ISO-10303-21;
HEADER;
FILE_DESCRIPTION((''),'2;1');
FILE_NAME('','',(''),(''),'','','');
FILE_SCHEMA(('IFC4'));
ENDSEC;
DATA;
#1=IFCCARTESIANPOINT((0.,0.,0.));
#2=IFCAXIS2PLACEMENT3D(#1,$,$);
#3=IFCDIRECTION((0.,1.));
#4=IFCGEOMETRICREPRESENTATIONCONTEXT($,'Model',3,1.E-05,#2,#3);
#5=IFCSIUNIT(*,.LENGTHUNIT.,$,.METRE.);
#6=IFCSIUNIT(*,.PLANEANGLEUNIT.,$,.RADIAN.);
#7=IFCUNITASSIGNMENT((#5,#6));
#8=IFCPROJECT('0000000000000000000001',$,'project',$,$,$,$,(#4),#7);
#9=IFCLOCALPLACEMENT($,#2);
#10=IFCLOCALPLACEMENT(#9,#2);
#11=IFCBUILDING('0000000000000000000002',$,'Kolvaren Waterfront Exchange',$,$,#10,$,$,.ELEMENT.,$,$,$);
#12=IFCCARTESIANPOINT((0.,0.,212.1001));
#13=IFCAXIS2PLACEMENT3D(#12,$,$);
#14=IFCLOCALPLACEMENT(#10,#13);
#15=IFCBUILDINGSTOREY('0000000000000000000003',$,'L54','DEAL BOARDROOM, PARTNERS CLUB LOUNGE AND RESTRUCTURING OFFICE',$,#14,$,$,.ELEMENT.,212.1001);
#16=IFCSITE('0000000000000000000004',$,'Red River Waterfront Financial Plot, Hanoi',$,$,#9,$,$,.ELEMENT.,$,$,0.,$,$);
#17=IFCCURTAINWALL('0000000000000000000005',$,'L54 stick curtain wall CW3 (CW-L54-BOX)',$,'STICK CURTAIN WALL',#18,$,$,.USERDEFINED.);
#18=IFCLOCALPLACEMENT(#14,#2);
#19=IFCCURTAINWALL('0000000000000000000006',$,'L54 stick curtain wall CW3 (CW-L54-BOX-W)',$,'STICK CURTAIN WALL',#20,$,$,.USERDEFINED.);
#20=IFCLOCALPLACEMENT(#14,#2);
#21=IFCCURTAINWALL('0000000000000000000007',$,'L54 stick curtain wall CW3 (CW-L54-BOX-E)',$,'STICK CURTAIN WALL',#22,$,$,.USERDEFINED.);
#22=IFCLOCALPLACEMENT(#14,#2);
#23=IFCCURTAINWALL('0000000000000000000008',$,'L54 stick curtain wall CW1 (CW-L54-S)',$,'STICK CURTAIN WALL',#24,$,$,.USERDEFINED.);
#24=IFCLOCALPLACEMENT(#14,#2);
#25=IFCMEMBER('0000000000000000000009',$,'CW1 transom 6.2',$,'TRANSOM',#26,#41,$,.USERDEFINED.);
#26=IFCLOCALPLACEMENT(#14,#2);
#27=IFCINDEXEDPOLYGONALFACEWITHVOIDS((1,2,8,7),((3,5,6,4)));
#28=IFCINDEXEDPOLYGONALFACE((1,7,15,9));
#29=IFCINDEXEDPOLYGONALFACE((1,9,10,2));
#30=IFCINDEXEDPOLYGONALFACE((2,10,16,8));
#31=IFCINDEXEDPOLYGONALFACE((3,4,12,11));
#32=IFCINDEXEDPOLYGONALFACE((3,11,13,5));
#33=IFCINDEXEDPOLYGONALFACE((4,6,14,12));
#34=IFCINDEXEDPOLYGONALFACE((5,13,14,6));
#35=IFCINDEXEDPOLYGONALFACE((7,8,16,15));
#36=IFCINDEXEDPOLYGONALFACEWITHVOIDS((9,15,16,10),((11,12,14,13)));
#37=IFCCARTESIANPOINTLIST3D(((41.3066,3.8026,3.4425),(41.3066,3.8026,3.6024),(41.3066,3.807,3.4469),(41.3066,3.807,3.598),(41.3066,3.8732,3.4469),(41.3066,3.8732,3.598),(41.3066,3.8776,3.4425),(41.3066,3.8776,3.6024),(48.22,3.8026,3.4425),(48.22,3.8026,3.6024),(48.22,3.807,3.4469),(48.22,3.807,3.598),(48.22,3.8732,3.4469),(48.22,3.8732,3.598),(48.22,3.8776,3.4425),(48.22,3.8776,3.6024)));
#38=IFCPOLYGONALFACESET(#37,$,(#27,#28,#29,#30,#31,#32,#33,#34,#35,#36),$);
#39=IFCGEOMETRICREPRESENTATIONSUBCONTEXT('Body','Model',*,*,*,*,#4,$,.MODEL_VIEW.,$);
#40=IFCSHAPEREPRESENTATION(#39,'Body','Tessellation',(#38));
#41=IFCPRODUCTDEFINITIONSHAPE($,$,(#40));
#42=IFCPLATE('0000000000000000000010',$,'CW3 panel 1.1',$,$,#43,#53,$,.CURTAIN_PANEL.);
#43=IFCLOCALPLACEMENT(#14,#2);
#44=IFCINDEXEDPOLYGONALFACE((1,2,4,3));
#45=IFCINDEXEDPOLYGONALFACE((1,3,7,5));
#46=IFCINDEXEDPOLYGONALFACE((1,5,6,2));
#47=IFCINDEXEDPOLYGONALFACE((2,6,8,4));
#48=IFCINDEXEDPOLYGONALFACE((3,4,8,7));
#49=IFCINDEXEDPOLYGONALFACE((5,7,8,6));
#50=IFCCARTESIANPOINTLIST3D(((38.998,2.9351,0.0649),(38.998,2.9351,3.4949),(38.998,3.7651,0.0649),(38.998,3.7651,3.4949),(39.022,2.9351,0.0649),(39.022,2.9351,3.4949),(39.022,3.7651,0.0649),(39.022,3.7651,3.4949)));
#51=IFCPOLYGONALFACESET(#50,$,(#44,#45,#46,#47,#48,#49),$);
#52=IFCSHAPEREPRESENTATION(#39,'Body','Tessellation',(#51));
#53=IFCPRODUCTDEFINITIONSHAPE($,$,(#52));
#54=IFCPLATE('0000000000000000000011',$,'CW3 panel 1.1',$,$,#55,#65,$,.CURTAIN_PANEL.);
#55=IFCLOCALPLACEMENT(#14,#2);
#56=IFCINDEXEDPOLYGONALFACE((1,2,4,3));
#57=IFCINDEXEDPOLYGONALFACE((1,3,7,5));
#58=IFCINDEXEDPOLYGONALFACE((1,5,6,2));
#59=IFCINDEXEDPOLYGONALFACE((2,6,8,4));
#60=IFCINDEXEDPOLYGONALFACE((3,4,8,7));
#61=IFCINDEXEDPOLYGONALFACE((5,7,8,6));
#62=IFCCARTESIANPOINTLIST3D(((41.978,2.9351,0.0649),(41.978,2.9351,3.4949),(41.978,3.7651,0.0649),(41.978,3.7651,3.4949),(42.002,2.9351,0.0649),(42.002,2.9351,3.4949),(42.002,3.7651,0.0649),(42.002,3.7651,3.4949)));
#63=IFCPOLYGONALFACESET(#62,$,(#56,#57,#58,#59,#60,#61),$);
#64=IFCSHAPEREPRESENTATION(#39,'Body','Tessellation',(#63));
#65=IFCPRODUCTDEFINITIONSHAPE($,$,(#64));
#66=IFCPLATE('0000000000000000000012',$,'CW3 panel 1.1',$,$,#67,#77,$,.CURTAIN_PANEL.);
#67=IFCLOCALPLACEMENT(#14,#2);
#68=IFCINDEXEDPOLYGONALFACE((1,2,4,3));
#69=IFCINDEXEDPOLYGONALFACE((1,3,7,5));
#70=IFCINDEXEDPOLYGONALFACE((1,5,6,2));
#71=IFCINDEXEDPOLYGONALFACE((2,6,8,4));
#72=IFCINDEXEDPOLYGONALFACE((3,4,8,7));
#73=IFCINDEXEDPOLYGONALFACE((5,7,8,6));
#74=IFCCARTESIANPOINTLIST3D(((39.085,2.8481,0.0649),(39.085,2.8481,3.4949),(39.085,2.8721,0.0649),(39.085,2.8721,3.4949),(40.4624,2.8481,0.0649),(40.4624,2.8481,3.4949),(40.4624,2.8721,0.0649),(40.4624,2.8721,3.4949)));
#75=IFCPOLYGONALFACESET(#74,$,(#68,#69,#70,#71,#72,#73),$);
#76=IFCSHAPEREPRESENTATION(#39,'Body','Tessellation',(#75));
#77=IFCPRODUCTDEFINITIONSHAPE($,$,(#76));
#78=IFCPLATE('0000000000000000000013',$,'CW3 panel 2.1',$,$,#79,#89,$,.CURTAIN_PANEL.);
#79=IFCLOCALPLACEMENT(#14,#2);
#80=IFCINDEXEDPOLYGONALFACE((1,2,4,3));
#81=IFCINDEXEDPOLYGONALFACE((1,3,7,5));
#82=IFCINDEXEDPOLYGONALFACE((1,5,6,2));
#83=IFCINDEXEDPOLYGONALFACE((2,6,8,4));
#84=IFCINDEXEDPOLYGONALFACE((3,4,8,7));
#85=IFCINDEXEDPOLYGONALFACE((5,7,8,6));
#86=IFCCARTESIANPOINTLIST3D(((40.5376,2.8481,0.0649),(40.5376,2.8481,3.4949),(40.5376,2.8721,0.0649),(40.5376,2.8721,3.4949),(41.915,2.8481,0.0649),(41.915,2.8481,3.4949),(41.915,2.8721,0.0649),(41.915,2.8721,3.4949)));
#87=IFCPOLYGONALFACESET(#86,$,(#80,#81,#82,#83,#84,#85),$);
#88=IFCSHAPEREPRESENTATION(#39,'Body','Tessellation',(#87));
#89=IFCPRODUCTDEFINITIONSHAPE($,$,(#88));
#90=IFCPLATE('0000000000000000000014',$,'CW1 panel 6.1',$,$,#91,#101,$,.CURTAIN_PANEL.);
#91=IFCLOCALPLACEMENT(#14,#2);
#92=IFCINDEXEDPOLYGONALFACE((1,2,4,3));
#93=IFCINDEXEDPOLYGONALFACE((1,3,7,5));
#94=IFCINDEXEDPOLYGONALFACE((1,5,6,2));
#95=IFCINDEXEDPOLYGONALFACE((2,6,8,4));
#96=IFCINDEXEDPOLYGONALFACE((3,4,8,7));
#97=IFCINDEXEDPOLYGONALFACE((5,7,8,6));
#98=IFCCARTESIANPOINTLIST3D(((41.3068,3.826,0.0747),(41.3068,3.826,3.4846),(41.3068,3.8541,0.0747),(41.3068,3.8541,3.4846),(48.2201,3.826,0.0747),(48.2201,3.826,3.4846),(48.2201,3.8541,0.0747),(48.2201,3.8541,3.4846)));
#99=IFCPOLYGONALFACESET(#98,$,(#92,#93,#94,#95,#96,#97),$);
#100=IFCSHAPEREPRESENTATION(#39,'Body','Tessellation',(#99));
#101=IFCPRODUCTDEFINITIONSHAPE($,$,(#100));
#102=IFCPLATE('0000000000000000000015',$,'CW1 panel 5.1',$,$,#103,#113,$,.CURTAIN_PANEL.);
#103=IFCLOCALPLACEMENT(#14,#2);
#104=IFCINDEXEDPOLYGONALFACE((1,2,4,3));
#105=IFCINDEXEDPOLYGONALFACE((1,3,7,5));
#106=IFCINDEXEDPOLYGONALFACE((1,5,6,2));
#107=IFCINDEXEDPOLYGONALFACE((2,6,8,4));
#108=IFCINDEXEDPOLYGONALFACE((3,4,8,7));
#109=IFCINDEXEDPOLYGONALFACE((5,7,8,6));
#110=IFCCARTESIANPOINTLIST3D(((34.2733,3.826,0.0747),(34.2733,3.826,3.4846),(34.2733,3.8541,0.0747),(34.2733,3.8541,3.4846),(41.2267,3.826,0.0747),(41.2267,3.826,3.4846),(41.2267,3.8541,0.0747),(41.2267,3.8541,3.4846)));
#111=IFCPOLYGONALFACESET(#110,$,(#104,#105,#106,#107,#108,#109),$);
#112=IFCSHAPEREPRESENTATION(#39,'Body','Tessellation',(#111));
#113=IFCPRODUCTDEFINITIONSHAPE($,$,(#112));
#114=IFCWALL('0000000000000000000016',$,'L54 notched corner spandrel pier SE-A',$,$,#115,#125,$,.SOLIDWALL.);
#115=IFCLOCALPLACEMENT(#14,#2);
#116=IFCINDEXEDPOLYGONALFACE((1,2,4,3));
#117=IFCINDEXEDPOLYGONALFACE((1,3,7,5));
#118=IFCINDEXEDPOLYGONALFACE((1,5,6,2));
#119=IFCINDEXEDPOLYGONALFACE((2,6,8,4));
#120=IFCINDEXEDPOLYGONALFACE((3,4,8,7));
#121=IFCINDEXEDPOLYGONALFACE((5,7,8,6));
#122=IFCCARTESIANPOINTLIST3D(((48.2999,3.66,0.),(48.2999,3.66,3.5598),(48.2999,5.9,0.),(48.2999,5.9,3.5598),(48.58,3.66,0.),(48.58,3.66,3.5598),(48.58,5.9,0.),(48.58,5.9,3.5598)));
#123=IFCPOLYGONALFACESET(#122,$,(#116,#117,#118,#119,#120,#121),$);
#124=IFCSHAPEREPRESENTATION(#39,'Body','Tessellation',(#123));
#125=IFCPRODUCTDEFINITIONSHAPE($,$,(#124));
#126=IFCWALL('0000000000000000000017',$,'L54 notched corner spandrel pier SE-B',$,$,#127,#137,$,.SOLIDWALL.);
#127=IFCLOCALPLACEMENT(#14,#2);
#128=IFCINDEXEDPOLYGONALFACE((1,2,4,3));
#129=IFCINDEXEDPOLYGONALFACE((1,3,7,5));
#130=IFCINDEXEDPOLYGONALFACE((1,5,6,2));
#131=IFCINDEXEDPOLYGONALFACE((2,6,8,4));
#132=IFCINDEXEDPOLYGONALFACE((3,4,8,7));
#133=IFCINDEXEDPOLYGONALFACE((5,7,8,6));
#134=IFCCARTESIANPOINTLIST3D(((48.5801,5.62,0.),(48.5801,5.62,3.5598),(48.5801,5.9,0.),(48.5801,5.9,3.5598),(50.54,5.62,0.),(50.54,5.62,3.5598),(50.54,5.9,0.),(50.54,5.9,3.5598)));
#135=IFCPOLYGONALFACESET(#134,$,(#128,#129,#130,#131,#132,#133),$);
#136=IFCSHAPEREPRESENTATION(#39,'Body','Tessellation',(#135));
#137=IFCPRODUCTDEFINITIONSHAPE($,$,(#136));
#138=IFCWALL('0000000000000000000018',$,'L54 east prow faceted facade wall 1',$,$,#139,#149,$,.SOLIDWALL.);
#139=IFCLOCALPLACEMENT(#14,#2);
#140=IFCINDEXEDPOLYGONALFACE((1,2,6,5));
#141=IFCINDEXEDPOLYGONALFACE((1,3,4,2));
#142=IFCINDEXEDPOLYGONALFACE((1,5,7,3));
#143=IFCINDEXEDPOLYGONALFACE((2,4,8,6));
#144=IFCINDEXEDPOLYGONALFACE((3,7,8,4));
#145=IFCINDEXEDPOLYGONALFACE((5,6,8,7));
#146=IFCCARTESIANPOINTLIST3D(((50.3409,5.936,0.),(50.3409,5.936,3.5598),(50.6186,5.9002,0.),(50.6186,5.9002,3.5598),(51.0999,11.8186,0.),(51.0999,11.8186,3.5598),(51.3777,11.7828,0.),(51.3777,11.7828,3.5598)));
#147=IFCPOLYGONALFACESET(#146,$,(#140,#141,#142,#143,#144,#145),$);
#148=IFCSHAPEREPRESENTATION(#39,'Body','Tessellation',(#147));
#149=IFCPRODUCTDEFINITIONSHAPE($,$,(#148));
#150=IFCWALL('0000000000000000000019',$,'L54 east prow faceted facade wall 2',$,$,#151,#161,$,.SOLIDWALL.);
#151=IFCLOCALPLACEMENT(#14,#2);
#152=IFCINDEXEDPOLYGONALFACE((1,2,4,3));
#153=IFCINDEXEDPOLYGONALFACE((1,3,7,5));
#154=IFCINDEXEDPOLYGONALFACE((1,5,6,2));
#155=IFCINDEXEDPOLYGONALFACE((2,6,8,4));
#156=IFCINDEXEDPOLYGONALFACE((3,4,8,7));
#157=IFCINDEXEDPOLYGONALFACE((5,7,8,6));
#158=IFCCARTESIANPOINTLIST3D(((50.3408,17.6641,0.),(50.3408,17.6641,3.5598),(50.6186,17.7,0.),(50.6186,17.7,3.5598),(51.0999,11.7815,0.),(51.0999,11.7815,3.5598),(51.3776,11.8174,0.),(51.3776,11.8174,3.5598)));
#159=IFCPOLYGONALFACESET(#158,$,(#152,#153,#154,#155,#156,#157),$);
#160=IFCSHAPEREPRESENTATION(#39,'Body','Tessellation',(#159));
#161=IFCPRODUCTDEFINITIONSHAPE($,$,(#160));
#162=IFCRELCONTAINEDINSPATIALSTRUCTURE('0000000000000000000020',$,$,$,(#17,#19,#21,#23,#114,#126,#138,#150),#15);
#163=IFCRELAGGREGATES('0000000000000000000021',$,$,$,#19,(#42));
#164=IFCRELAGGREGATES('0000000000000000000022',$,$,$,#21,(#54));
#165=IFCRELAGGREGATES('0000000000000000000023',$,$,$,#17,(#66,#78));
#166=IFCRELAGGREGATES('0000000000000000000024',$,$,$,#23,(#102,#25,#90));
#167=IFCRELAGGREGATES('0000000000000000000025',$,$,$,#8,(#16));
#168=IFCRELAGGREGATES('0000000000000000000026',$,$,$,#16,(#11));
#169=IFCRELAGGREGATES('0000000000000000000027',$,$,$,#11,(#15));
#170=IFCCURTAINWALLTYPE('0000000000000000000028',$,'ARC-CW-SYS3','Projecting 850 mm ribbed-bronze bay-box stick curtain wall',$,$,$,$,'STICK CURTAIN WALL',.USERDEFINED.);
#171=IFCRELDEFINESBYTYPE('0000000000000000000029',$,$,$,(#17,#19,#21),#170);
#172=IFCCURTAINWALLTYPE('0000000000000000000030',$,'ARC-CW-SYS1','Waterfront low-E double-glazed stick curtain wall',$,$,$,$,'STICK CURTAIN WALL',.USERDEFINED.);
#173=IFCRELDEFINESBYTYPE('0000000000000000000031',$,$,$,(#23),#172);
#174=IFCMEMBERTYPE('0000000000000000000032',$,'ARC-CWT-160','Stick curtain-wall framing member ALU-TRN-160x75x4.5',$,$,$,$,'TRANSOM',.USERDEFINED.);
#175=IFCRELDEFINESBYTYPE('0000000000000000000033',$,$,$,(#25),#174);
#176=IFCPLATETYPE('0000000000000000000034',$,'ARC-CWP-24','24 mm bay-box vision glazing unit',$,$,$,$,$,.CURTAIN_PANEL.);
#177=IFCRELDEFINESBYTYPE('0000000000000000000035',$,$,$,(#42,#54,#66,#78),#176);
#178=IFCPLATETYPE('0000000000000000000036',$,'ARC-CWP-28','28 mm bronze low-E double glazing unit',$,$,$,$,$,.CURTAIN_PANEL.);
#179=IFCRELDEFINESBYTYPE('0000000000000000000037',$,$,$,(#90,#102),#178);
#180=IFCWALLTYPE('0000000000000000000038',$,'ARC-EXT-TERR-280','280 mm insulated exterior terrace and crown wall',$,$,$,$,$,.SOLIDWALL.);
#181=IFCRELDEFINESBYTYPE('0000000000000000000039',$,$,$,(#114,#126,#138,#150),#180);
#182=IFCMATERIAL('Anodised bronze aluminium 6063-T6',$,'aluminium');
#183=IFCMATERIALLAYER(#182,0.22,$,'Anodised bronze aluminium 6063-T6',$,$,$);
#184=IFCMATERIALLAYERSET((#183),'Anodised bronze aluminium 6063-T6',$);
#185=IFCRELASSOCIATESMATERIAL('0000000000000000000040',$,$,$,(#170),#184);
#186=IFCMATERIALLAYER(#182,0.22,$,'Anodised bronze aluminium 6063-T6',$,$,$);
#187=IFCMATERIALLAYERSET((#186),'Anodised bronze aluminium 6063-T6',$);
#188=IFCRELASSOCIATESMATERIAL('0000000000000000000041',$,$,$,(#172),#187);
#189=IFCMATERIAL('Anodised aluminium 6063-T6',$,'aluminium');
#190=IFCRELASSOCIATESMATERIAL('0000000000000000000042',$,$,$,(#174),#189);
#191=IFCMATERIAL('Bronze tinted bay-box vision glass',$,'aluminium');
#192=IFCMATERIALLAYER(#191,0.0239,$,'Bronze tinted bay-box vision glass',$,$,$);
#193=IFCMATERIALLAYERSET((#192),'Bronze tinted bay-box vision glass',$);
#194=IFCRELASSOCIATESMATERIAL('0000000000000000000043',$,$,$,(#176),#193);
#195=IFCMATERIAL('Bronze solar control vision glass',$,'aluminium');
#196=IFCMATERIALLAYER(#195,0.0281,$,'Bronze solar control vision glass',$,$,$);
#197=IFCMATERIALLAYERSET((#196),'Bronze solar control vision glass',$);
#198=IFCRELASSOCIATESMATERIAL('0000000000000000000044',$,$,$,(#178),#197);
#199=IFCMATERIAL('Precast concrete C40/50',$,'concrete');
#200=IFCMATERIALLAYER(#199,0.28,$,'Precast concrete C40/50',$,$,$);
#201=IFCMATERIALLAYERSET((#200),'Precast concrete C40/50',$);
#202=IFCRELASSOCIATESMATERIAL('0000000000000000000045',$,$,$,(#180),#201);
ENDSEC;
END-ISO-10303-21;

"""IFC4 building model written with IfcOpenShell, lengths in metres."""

from ifc_helpers import new_model, si_unit, direction, frame, frame_2d, origin, origin_with_axes, origin_2d, place, context, subcontext, project, spatial, rectangle, hollow_rectangle, extrude, source, transform, mapped, material, layer, layer_set, material_profile, profile_set, type_object, element, aggregate, save


model = new_model("IFC4")

# Units and contexts
model_context = context("Model", 3, precision=1e-05, world=origin(), true_north=direction((0.0, 1.0)))
body_context = subcontext(model_context, "Body", "Model", "MODEL_VIEW")
ifc_project = project(units=[si_unit("LENGTHUNIT", "METRE"), si_unit("PLANEANGLEUNIT", "RADIAN")], contexts=[model_context])

# Site, building, storey
site_placement = place(None, origin())
site = spatial("IfcSite", under=ifc_project, at=site_placement, Name="Red River Waterfront Financial Plot, Hanoi", CompositionType="ELEMENT", RefElevation=0.0)
building_placement = place(site_placement, origin())
building = spatial("IfcBuilding", under=site, at=building_placement, Name="Kolvaren Waterfront Exchange", CompositionType="ELEMENT")
storey_placement = place(building_placement, frame((0.0, 0.0, 212.1001)))
storey = spatial("IfcBuildingStorey", under=building, at=storey_placement, Name="L54", Description="DEAL BOARDROOM, PARTNERS CLUB LOUNGE AND RESTRUCTURING OFFICE", CompositionType="ELEMENT", Elevation=212.1001)

# Curtain walls
ifc_material_1 = material(Name="Anodised bronze aluminium 6063-T6", Category="aluminium")
ifc_layer_1 = layer(ifc_material_1, 0.22, Name="Anodised bronze aluminium 6063-T6")
ifc_layer_set_1 = layer_set([ifc_layer_1], Name="Anodised bronze aluminium 6063-T6")
curtain_wall_type_1 = type_object("IfcCurtainWallType", Name="ARC-CW-SYS3", Description="Projecting 850 mm ribbed-bronze bay-box stick curtain wall", ElementType="STICK CURTAIN WALL", PredefinedType="USERDEFINED", material=ifc_layer_set_1)
curtain_wall_1_placement = place(storey_placement, origin())
curtain_wall_1 = element("IfcCurtainWall", 1, at=curtain_wall_1_placement, inside=storey, type_object=curtain_wall_type_1, Name="L54 stick curtain wall CW3 (CW-L54-BOX)", ObjectType="STICK CURTAIN WALL", PredefinedType="USERDEFINED")
curtain_wall_2_placement = place(storey_placement, origin())
curtain_wall_2 = element("IfcCurtainWall", 2, at=curtain_wall_2_placement, inside=storey, type_object=curtain_wall_type_1, Name="L54 stick curtain wall CW3 (CW-L54-BOX-W)", ObjectType="STICK CURTAIN WALL", PredefinedType="USERDEFINED")
curtain_wall_3_placement = place(storey_placement, origin())
curtain_wall_3 = element("IfcCurtainWall", 3, at=curtain_wall_3_placement, inside=storey, type_object=curtain_wall_type_1, Name="L54 stick curtain wall CW3 (CW-L54-BOX-E)", ObjectType="STICK CURTAIN WALL", PredefinedType="USERDEFINED")

# Curtain wall, member
ifc_layer_2 = layer(ifc_material_1, 0.22, Name="Anodised bronze aluminium 6063-T6")
ifc_layer_set_2 = layer_set([ifc_layer_2], Name="Anodised bronze aluminium 6063-T6")
curtain_wall_type_2 = type_object("IfcCurtainWallType", Name="ARC-CW-SYS1", Description="Waterfront low-E double-glazed stick curtain wall", ElementType="STICK CURTAIN WALL", PredefinedType="USERDEFINED", material=ifc_layer_set_2)
curtain_wall_4_placement = place(storey_placement, origin())
curtain_wall_4 = element("IfcCurtainWall", 4, at=curtain_wall_4_placement, inside=storey, type_object=curtain_wall_type_2, Name="L54 stick curtain wall CW1 (CW-L54-S)", ObjectType="STICK CURTAIN WALL", PredefinedType="USERDEFINED")
ifc_material_2 = material(Name="Anodised aluminium 6063-T6", Category="aluminium")
ifc_material_profile_1 = material_profile(ifc_material_2, hollow_rectangle(XDim=0.075, YDim=0.1599, WallThickness=0.0044, at=origin_2d()), Name="ALU-TRN-160x75x4.5")
ifc_profile_set_1 = profile_set([ifc_material_profile_1], Name="Anodised aluminium 6063-T6")
member_type_1 = type_object("IfcMemberType", Name="ARC-CWT-160", Description="Stick curtain-wall framing member ALU-TRN-160x75x4.5", ElementType="TRANSOM", PredefinedType="USERDEFINED", material=ifc_profile_set_1)
shared_shape_1 = source(origin_with_axes(), body_context, "Body", "SweptSolid", [
    extrude(hollow_rectangle(XDim=0.075, YDim=0.1599, WallThickness=0.0044, at=origin_2d()), origin(), (0.0, 0.0, 1.0), 6.9133),
])
member_1_placement = place(storey_placement, frame((41.3066, 3.8401, 3.5225), z_axis=(1.0, 0.0, 0.0), x_axis=(0.0, 1.0, 0.0)))
member_1 = element("IfcMember", 5, at=member_1_placement, type_object=member_type_1, Name="CW1 transom 6.2", ObjectType="TRANSOM", PredefinedType="USERDEFINED", context=body_context, shape_type="MappedRepresentation", body=[
    mapped(shared_shape_1, transform((0.0, 0.0, 0.0), x_axis=(1.0, 0.0, 0.0), y_axis=(0.0, 1.0, 0.0), z_axis=(0.0, 0.0, 1.0), scale=1.0)),
])

# Plates
ifc_material_3 = material(Name="Bronze tinted bay-box vision glass", Category="aluminium")
ifc_layer_3 = layer(ifc_material_3, 0.0239, Name="Bronze tinted bay-box vision glass")
ifc_layer_set_3 = layer_set([ifc_layer_3], Name="Bronze tinted bay-box vision glass")
plate_type_1 = type_object("IfcPlateType", Name="ARC-CWP-24", Description="24 mm bay-box vision glazing unit", PredefinedType="CURTAIN_PANEL", material=ifc_layer_set_3)
shared_shape_2 = source(origin_with_axes(), body_context, "Body", "SweptSolid", [
    extrude(rectangle(XDim=0.8301, YDim=0.0239, at=origin_2d()), origin(), (0.0, 0.0, 1.0), 3.4299),
])
plate_1_placement = place(storey_placement, frame((39.01, 3.3501, 0.0649), z_axis=(0.0, 0.0, 1.0), x_axis=(0.0, -1.0, 0.0)))
plate_1 = element("IfcPlate", 6, at=plate_1_placement, type_object=plate_type_1, Name="CW3 panel 1.1", PredefinedType="CURTAIN_PANEL", context=body_context, shape_type="MappedRepresentation", body=[
    mapped(shared_shape_2, transform((0.0, 0.0, 0.0), x_axis=(1.0, 0.0, 0.0), y_axis=(0.0, 1.0, 0.0), z_axis=(0.0, 0.0, 1.0), scale=1.0)),
])
aggregate(curtain_wall_2, [plate_1])
plate_2_placement = place(storey_placement, frame((41.99, 3.3501, 0.0649), z_axis=(0.0, 0.0, 1.0), x_axis=(0.0, 1.0, 0.0)))
plate_2 = element("IfcPlate", 7, at=plate_2_placement, type_object=plate_type_1, Name="CW3 panel 1.1", PredefinedType="CURTAIN_PANEL", context=body_context, shape_type="MappedRepresentation", body=[
    mapped(shared_shape_2, transform((0.0, 0.0, 0.0), x_axis=(1.0, 0.0, 0.0), y_axis=(0.0, 1.0, 0.0), z_axis=(0.0, 0.0, 1.0), scale=1.0)),
])
aggregate(curtain_wall_3, [plate_2])
shared_shape_3 = source(origin_with_axes(), body_context, "Body", "SweptSolid", [
    extrude(rectangle(XDim=1.3774, YDim=0.0239, at=origin_2d()), origin(), (0.0, 0.0, 1.0), 3.4299),
])
plate_3_placement = place(storey_placement, frame((39.7737, 2.8601, 0.0649), z_axis=(0.0, 0.0, 1.0), x_axis=(1.0, 0.0, 0.0)))
plate_3 = element("IfcPlate", 8, at=plate_3_placement, type_object=plate_type_1, Name="CW3 panel 1.1", PredefinedType="CURTAIN_PANEL", context=body_context, shape_type="MappedRepresentation", body=[
    mapped(shared_shape_3, transform((0.0, 0.0, 0.0), x_axis=(1.0, 0.0, 0.0), y_axis=(0.0, 1.0, 0.0), z_axis=(0.0, 0.0, 1.0), scale=1.0)),
])
plate_4_placement = place(storey_placement, frame((41.2263, 2.8601, 0.0649), z_axis=(0.0, 0.0, 1.0), x_axis=(1.0, 0.0, 0.0)))
plate_4 = element("IfcPlate", 9, at=plate_4_placement, type_object=plate_type_1, Name="CW3 panel 2.1", PredefinedType="CURTAIN_PANEL", context=body_context, shape_type="MappedRepresentation", body=[
    mapped(shared_shape_3, transform((0.0, 0.0, 0.0), x_axis=(1.0, 0.0, 0.0), y_axis=(0.0, 1.0, 0.0), z_axis=(0.0, 0.0, 1.0), scale=1.0)),
])
aggregate(curtain_wall_1, [plate_3, plate_4])
ifc_material_4 = material(Name="Bronze solar control vision glass", Category="aluminium")
ifc_layer_4 = layer(ifc_material_4, 0.0281, Name="Bronze solar control vision glass")
ifc_layer_set_4 = layer_set([ifc_layer_4], Name="Bronze solar control vision glass")
plate_type_2 = type_object("IfcPlateType", Name="ARC-CWP-28", Description="28 mm bronze low-E double glazing unit", PredefinedType="CURTAIN_PANEL", material=ifc_layer_set_4)
shared_shape_4 = source(origin_with_axes(), body_context, "Body", "SweptSolid", [
    extrude(rectangle(XDim=6.9133, YDim=0.0281, at=origin_2d()), origin(), (0.0, 0.0, 1.0), 3.4099),
])
plate_5_placement = place(storey_placement, frame((44.7634, 3.8401, 0.0747), z_axis=(0.0, 0.0, 1.0), x_axis=(1.0, 0.0, 0.0)))
plate_5 = element("IfcPlate", 10, at=plate_5_placement, type_object=plate_type_2, Name="CW1 panel 6.1", PredefinedType="CURTAIN_PANEL", context=body_context, shape_type="MappedRepresentation", body=[
    mapped(shared_shape_4, transform((0.0, 0.0, 0.0), x_axis=(1.0, 0.0, 0.0), y_axis=(0.0, 1.0, 0.0), z_axis=(0.0, 0.0, 1.0), scale=1.0)),
])
shared_shape_5 = source(origin_with_axes(), body_context, "Body", "SweptSolid", [
    extrude(rectangle(XDim=6.9534, YDim=0.0281, at=origin_2d()), origin(), (0.0, 0.0, 1.0), 3.4099),
])
plate_6_placement = place(storey_placement, frame((37.75, 3.8401, 0.0747), z_axis=(0.0, 0.0, 1.0), x_axis=(1.0, 0.0, 0.0)))
plate_6 = element("IfcPlate", 11, at=plate_6_placement, type_object=plate_type_2, Name="CW1 panel 5.1", PredefinedType="CURTAIN_PANEL", context=body_context, shape_type="MappedRepresentation", body=[
    mapped(shared_shape_5, transform((0.0, 0.0, 0.0), x_axis=(1.0, 0.0, 0.0), y_axis=(0.0, 1.0, 0.0), z_axis=(0.0, 0.0, 1.0), scale=1.0)),
])
aggregate(curtain_wall_4, [plate_6, member_1, plate_5])

# Walls
ifc_material_5 = material(Name="Precast concrete C40/50", Category="concrete")
ifc_layer_5 = layer(ifc_material_5, 0.28, Name="Precast concrete C40/50")
ifc_layer_set_5 = layer_set([ifc_layer_5], Name="Precast concrete C40/50")
wall_type_1 = type_object("IfcWallType", Name="ARC-EXT-TERR-280", Description="280 mm insulated exterior terrace and crown wall", PredefinedType="SOLIDWALL", material=ifc_layer_set_5)
wall_1_placement = place(storey_placement, frame((48.4399, 3.6599, 0.0), z_axis=(0.0, 0.0, 1.0), x_axis=(0.0, 1.0, 0.0)))
element("IfcWall", 12, at=wall_1_placement, inside=storey, type_object=wall_type_1, Name="L54 notched corner spandrel pier SE-A", PredefinedType="SOLIDWALL", context=body_context, shape_type="SweptSolid", body=[
    extrude(rectangle(XDim=2.24, YDim=0.28, at=frame_2d((1.1201, 0.0))), origin(), (0.0, 0.0, 1.0), 3.5598),
])
wall_2_placement = place(storey_placement, frame((48.5801, 5.76, 0.0), z_axis=(0.0, 0.0, 1.0), x_axis=(1.0, 0.0, 0.0)))
element("IfcWall", 13, at=wall_2_placement, inside=storey, type_object=wall_type_1, Name="L54 notched corner spandrel pier SE-B", PredefinedType="SOLIDWALL", context=body_context, shape_type="SweptSolid", body=[
    extrude(rectangle(XDim=1.96, YDim=0.28, at=frame_2d((0.98, 0.0))), origin(), (0.0, 0.0, 1.0), 3.5598),
])
for number, where, z_axis, x_axis, name in (
    (14, (50.4797, 5.918, 0.0), (0.0, 0.0, 1.0), (0.12797, 0.991778, 0.0), "L54 east prow faceted facade wall 1"),
    (15, (51.2388, 11.7993, 0.0), (0.0, 0.0, 1.0), (-0.12797, 0.991778, 0.0), "L54 east prow faceted facade wall 2"),
):
    element("IfcWall", number, at=place(storey_placement, frame(where, z_axis=z_axis, x_axis=x_axis)), inside=storey, type_object=wall_type_1, Name=name, PredefinedType="SOLIDWALL", context=body_context, shape_type="SweptSolid", body=[
        extrude(rectangle(XDim=5.9314, YDim=0.28, at=frame_2d((2.9658, 0.0))), origin(), (0.0, 0.0, 1.0), 3.5598),
    ])

save(model, "model.ifc")
